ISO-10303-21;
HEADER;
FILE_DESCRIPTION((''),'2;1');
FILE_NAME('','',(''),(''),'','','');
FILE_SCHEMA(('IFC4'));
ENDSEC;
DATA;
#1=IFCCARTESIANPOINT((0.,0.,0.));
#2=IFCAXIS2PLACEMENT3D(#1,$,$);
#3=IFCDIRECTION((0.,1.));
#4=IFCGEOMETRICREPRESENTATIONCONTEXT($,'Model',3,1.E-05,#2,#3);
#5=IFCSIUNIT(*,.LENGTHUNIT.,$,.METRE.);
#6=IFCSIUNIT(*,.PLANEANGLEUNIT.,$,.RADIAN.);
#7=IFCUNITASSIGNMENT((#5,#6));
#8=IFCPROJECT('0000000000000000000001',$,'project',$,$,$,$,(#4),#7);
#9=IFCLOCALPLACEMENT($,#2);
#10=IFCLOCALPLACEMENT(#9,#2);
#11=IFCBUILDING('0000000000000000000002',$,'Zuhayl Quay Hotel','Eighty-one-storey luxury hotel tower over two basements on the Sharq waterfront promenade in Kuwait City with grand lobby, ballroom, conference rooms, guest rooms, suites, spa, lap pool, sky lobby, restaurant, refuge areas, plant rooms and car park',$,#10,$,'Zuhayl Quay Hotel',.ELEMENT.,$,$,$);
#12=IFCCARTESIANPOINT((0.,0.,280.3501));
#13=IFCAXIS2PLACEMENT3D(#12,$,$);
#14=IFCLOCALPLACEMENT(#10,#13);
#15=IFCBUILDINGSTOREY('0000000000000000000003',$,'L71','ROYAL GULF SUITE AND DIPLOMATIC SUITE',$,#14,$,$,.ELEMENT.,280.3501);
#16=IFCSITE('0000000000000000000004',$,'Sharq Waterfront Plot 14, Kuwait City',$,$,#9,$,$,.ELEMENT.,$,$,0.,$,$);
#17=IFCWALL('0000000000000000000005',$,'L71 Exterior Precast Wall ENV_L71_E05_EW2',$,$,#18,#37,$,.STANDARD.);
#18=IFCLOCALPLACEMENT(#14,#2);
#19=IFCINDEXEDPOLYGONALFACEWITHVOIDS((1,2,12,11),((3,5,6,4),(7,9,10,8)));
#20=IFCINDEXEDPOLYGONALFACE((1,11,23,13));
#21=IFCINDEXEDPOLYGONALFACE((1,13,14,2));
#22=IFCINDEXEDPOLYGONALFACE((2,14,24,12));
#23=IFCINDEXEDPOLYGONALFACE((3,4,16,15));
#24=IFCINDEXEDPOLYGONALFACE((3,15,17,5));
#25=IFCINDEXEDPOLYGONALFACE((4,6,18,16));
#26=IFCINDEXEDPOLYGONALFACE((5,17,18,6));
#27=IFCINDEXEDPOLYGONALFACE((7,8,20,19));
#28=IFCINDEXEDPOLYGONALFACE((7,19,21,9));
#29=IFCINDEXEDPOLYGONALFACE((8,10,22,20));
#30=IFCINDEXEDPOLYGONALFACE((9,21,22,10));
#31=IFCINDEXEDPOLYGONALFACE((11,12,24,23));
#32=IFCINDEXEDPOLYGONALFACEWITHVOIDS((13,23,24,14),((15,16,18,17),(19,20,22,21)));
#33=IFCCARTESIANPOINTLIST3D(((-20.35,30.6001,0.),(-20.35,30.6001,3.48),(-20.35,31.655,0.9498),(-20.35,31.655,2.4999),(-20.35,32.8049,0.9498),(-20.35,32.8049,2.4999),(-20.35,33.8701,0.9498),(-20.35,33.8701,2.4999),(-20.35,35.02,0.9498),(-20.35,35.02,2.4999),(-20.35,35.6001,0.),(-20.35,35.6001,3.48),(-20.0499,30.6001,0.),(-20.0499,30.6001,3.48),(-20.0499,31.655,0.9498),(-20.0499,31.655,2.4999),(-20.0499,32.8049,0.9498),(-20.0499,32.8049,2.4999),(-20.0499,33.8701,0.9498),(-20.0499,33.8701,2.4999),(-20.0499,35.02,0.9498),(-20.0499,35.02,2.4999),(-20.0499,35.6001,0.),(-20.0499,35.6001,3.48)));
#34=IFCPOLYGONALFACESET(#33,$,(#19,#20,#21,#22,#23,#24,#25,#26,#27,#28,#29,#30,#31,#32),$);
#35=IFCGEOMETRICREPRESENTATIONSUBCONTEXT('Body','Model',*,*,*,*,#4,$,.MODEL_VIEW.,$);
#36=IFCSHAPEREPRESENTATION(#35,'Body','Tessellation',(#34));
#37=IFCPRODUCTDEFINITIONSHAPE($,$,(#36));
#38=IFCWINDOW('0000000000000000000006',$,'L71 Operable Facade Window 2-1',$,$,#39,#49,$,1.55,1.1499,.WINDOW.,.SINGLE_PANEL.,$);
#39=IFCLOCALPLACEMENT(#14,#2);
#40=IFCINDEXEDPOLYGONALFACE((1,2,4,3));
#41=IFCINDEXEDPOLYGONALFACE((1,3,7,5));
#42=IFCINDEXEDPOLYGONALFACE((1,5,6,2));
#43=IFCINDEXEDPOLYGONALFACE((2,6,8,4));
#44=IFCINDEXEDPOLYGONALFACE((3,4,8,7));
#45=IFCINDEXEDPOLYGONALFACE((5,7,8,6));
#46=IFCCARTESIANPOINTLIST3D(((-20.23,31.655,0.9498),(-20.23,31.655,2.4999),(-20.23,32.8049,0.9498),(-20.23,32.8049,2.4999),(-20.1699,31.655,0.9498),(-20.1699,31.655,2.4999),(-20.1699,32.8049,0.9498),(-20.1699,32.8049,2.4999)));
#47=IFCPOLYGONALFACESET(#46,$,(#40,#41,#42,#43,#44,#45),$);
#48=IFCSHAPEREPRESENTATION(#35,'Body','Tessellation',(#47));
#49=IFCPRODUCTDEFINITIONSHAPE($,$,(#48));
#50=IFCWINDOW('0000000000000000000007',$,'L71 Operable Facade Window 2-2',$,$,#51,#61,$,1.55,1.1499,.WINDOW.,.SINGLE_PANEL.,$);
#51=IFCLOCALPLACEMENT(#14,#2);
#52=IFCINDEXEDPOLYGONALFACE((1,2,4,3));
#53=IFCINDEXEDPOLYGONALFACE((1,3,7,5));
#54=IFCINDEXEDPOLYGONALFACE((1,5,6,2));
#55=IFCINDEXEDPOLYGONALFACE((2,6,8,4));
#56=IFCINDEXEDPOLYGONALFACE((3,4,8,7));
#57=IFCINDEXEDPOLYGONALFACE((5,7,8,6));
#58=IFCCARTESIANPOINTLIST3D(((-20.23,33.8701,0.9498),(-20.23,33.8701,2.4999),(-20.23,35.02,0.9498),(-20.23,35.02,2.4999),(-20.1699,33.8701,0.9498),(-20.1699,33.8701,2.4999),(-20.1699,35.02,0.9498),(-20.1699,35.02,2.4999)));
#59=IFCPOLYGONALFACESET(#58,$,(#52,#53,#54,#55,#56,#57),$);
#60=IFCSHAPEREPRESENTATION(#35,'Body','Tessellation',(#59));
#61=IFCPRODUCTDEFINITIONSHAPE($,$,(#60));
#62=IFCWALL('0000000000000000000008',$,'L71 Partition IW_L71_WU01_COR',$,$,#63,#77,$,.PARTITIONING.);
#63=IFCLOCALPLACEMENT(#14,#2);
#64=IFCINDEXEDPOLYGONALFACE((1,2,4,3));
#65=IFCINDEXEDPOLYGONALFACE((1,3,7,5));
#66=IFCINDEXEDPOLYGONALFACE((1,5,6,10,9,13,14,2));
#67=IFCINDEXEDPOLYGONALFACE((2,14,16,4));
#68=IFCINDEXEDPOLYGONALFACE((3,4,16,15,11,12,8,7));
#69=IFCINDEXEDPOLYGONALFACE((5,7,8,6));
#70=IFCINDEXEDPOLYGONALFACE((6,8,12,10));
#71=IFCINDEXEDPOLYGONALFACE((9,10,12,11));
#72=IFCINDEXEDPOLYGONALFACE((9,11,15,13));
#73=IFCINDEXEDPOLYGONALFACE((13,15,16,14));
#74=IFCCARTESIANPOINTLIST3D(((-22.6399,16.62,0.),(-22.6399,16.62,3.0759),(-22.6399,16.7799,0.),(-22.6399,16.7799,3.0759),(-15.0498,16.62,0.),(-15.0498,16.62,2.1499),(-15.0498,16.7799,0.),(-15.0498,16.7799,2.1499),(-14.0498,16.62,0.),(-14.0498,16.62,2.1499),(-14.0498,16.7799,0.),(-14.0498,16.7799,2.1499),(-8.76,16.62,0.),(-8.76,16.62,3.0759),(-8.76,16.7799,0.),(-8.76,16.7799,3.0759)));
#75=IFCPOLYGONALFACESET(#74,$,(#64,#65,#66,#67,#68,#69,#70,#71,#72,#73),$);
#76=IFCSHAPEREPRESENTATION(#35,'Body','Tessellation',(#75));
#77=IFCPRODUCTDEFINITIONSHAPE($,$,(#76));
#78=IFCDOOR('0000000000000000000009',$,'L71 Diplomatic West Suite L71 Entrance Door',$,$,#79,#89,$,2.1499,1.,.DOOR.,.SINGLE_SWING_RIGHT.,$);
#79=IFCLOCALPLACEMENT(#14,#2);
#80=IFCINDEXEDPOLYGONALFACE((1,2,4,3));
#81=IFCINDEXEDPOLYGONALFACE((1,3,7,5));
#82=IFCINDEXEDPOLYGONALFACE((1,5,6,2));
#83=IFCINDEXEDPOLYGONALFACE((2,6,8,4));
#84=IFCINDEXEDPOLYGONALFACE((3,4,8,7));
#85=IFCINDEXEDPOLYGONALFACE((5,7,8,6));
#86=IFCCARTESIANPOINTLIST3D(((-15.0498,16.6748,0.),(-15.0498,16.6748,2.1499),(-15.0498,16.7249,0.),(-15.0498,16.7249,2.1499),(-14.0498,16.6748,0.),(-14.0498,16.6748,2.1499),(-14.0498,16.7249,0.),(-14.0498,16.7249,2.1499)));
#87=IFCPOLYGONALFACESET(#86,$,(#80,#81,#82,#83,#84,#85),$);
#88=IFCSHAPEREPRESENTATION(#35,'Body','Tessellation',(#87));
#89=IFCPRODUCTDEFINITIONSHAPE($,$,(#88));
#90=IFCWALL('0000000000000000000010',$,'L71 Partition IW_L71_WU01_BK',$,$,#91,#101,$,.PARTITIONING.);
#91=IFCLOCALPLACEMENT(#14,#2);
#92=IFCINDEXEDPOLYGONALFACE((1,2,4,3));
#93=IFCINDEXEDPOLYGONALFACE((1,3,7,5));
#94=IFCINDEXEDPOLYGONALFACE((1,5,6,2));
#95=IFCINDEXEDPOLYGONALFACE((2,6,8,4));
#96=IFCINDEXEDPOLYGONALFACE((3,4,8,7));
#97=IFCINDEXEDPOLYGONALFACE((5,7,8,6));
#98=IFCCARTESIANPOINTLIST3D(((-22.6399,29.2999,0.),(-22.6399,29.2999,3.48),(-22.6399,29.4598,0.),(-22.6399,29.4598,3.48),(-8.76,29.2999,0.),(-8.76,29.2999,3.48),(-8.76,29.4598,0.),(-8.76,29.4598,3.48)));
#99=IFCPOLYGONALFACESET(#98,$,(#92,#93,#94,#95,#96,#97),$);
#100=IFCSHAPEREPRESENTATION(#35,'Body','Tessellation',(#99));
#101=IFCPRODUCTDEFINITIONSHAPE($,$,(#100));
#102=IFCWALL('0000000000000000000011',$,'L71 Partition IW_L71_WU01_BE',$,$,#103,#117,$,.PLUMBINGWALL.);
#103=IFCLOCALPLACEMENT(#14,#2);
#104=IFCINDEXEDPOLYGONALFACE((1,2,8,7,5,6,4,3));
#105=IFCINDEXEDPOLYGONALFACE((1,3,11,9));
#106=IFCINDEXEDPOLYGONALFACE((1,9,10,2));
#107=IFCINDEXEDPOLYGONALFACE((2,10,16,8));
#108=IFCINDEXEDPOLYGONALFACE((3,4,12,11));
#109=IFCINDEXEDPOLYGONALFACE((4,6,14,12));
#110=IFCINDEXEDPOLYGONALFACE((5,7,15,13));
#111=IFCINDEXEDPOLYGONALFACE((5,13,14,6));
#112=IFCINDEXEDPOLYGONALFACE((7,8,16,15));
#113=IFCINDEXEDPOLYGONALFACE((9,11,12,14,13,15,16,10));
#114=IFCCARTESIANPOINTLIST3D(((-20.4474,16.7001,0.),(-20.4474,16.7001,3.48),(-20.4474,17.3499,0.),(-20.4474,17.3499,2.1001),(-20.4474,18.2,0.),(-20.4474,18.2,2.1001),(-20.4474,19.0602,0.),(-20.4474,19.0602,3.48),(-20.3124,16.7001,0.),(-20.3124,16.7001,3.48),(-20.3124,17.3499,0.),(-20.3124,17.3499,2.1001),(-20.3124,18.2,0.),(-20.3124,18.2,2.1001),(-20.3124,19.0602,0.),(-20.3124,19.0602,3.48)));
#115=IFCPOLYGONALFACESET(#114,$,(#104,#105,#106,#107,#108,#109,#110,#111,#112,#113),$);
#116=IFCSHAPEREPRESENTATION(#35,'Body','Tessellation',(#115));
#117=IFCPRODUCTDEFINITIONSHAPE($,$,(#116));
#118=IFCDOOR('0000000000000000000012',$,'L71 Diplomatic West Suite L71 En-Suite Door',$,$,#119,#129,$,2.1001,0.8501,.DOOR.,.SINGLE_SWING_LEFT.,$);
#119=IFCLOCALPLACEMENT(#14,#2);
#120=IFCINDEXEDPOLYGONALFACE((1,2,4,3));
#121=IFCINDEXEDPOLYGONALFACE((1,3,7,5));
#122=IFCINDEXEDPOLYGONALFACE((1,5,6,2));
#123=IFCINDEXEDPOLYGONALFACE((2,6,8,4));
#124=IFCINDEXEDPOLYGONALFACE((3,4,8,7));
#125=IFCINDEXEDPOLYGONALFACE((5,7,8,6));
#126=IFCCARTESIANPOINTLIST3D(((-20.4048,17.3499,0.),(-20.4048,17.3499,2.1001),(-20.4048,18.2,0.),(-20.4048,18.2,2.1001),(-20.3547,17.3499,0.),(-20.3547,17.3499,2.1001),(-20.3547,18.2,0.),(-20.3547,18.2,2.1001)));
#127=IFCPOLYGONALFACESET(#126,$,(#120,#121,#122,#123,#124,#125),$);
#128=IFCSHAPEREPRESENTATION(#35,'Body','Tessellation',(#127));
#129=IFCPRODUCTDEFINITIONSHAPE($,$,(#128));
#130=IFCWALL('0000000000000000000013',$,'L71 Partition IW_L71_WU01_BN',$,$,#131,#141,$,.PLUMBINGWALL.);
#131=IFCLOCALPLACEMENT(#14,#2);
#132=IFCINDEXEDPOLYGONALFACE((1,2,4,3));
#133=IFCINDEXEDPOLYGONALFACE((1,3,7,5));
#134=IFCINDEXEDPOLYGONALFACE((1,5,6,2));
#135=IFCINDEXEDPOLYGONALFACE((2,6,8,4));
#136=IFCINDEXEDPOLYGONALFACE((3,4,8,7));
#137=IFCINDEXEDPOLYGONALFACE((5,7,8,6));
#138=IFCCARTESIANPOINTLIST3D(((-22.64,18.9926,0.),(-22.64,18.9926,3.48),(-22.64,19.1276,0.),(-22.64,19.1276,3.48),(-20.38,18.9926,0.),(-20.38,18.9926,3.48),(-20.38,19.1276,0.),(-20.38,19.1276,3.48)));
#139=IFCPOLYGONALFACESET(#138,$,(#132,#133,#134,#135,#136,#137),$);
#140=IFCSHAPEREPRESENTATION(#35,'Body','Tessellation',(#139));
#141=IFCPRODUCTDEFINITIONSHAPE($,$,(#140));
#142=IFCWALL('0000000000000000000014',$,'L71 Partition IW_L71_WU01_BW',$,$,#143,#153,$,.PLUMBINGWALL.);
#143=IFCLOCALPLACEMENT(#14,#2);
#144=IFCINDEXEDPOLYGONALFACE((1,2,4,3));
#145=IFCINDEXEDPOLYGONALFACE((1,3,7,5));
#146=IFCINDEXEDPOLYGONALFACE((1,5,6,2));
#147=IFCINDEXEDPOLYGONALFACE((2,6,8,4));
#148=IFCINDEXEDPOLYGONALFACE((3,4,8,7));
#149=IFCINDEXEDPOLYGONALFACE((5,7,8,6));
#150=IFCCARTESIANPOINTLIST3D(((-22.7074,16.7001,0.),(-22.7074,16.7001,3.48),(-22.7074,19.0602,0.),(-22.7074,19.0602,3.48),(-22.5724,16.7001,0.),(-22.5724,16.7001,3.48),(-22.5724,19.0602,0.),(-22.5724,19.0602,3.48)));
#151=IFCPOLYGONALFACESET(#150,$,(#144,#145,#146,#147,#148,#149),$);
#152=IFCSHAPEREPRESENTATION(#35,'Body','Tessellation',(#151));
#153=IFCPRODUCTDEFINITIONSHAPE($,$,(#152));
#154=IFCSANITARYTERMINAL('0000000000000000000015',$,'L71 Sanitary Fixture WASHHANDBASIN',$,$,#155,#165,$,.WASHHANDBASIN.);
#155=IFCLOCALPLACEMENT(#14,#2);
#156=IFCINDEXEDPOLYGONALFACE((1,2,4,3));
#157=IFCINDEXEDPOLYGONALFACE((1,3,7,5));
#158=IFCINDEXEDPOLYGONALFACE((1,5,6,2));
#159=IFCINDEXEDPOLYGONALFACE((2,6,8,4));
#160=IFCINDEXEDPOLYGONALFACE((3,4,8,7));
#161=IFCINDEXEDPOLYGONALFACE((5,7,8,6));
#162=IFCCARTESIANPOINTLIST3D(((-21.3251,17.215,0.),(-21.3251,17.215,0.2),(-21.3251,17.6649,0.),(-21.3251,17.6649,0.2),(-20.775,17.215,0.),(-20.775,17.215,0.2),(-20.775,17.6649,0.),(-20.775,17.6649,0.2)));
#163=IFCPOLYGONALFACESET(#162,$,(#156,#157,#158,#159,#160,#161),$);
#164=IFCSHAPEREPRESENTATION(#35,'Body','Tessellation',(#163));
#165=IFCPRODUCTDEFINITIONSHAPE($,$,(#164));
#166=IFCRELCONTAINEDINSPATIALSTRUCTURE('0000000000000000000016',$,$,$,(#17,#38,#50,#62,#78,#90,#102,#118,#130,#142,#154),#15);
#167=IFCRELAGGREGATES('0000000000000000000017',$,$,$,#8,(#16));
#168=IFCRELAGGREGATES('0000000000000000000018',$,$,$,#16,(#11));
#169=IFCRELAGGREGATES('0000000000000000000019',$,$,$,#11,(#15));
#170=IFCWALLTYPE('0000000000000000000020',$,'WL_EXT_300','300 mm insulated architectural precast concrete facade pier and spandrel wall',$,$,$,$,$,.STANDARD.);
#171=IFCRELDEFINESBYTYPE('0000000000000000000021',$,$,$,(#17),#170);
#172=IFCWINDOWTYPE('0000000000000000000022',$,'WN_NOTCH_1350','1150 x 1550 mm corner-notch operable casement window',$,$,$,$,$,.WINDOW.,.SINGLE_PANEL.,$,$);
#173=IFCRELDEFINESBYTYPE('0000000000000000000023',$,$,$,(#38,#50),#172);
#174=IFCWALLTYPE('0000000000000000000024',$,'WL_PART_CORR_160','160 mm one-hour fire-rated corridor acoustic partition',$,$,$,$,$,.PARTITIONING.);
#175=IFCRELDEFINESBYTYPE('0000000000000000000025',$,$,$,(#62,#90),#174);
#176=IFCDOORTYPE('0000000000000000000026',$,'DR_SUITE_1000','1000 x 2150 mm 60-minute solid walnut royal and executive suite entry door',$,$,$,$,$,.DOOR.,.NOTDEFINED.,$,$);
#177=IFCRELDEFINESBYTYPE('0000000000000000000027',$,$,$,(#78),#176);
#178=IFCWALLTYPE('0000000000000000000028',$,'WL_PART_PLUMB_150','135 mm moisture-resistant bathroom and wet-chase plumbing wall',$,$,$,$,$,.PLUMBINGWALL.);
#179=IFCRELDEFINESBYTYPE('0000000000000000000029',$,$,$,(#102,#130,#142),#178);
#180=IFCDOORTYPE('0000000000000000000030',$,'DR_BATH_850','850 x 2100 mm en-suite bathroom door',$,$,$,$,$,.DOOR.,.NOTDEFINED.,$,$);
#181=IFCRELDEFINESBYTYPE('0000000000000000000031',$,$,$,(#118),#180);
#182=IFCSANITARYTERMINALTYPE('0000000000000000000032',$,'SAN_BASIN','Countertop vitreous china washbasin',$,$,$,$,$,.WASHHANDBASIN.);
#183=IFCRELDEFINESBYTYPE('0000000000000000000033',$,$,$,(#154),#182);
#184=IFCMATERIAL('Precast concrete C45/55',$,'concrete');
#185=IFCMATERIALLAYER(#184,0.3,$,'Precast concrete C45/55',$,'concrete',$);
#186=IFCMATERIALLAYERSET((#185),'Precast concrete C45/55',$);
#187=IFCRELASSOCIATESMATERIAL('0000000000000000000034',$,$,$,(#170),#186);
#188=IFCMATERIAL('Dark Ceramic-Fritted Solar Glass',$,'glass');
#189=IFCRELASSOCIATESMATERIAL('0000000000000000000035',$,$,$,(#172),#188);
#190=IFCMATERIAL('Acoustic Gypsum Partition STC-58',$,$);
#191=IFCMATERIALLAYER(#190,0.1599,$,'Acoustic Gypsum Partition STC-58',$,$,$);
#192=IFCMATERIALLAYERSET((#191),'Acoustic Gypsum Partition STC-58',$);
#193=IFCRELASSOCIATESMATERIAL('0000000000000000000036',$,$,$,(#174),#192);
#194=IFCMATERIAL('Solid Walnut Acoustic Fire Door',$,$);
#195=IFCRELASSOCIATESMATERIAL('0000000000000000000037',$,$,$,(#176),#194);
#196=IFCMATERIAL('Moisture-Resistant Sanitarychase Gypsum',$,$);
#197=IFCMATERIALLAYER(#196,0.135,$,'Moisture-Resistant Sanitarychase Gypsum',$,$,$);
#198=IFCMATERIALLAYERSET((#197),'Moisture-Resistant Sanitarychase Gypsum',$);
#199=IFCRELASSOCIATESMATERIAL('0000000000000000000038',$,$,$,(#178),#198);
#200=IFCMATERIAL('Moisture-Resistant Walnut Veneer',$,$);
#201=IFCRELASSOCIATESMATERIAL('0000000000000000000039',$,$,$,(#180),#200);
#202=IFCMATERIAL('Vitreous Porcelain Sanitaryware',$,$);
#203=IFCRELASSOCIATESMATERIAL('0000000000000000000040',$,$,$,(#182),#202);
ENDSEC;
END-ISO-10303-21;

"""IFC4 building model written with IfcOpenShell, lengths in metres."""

from ifc_helpers import new_model, si_unit, direction, frame, frame_2d, origin, origin_2d, place, context, subcontext, project, spatial, rectangle, extrude, material, layer, layer_set, type_object, element, fill, save


model = new_model("IFC4")

# Units and contexts
model_context = context("Model", 3, precision=1e-05, world=origin(), true_north=direction((0.0, 1.0)))
body_context = subcontext(model_context, "Body", "Model", "MODEL_VIEW")
ifc_project = project(units=[si_unit("LENGTHUNIT", "METRE"), si_unit("PLANEANGLEUNIT", "RADIAN")], contexts=[model_context])

# Site, building, storey
site_placement = place(None, origin())
site = spatial("IfcSite", under=ifc_project, at=site_placement, Name="Sharq Waterfront Plot 14, Kuwait City", CompositionType="ELEMENT", RefElevation=0.0)
building_placement = place(site_placement, origin())
building = spatial("IfcBuilding", under=site, at=building_placement, Name="Zuhayl Quay Hotel", Description="Eighty-one-storey luxury hotel tower over two basements on the Sharq waterfront promenade in Kuwait City with grand lobby, ballroom, conference rooms, guest rooms, suites, spa, lap pool, sky lobby, restaurant, refuge areas, plant rooms and car park", LongName="Zuhayl Quay Hotel", CompositionType="ELEMENT")
storey_placement = place(building_placement, frame((0.0, 0.0, 280.3501)))
storey = spatial("IfcBuildingStorey", under=building, at=storey_placement, Name="L71", Description="ROYAL GULF SUITE AND DIPLOMATIC SUITE", CompositionType="ELEMENT", Elevation=280.3501)

# Shared definitions
ifc_material_1 = material(Name="Dark Ceramic-Fritted Solar Glass", Category="glass")

# Shared definitions
ifc_material_2 = material(Name="Precast concrete C45/55", Category="concrete")
ifc_layer_1 = layer(ifc_material_2, 0.3, Name="Precast concrete C45/55", Category="concrete")
ifc_layer_set_1 = layer_set([ifc_layer_1], Name="Precast concrete C45/55")
wall_type_1 = type_object("IfcWallType", Name="WL_EXT_300", Description="300 mm insulated architectural precast concrete facade pier and spandrel wall", PredefinedType="STANDARD", material=ifc_layer_set_1)

# Wall, openings, windows
wall_1_placement = place(storey_placement, frame((-20.2, 30.6001, 0.0), z_axis=(0.0, 0.0, 1.0), x_axis=(0.0, 1.0, 0.0)))
wall_1 = element("IfcWall", 1, at=wall_1_placement, inside=storey, type_object=wall_type_1, Name="L71 Exterior Precast Wall ENV_L71_E05_EW2", PredefinedType="STANDARD", context=body_context, shape_type="SweptSolid", body=[
    extrude(rectangle(XDim=5.0, YDim=0.3, at=frame_2d((2.5, 0.0))), origin(), (0.0, 0.0, 1.0), 3.48),
])
opening_1_placement = place(wall_1_placement, frame((1.0549, 0.0, 0.95)))
opening_1 = element("IfcOpeningElement", 2, at=opening_1_placement, cuts=wall_1, PredefinedType="OPENING", context=body_context, shape_type="SweptSolid", body=[
    extrude(rectangle(XDim=1.1499, YDim=1.55, at=frame_2d((0.575, 0.7749))), frame((0.0, 0.1599, 0.0), z_axis=(0.0, -1.0, 0.0), x_axis=(1.0, 0.0, 0.0)), (0.0, 0.0, 1.0), 0.3201),
])
opening_2_placement = place(wall_1_placement, frame((3.27, 0.0, 0.95)))
opening_2 = element("IfcOpeningElement", 3, at=opening_2_placement, cuts=wall_1, PredefinedType="OPENING", context=body_context, shape_type="SweptSolid", body=[
    extrude(rectangle(XDim=1.1499, YDim=1.55, at=frame_2d((0.575, 0.7749))), frame((0.0, 0.1599, 0.0), z_axis=(0.0, -1.0, 0.0), x_axis=(1.0, 0.0, 0.0)), (0.0, 0.0, 1.0), 0.3201),
])
window_type = type_object("IfcWindowType", Name="WN_NOTCH_1350", Description="1150 x 1550 mm corner-notch operable casement window", PartitioningType="SINGLE_PANEL", PredefinedType="WINDOW", material=ifc_material_1)
window_1_placement = place(opening_1_placement, origin())
window_1 = element("IfcWindow", 4, at=window_1_placement, inside=storey, type_object=window_type, Name="L71 Operable Facade Window 2-1", OverallHeight=1.55, OverallWidth=1.1499, PartitioningType="SINGLE_PANEL", PredefinedType="WINDOW", context=body_context, shape_type="SweptSolid", body=[
    extrude(rectangle(XDim=1.1499, YDim=1.55, at=frame_2d((0.575, 0.7749))), frame((0.0, 0.03, 0.0), z_axis=(0.0, -1.0, 0.0), x_axis=(1.0, 0.0, 0.0)), (0.0, 0.0, 1.0), 0.0601),
])
fill(opening_1, window_1)
window_2_placement = place(opening_2_placement, origin())
window_2 = element("IfcWindow", 5, at=window_2_placement, inside=storey, type_object=window_type, Name="L71 Operable Facade Window 2-2", OverallHeight=1.55, OverallWidth=1.1499, PartitioningType="SINGLE_PANEL", PredefinedType="WINDOW", context=body_context, shape_type="SweptSolid", body=[
    extrude(rectangle(XDim=1.1499, YDim=1.55, at=frame_2d((0.575, 0.7749))), frame((0.0, 0.03, 0.0), z_axis=(0.0, -1.0, 0.0), x_axis=(1.0, 0.0, 0.0)), (0.0, 0.0, 1.0), 0.0601),
])
fill(opening_2, window_2)

# Wall, opening, door
ifc_material_3 = material(Name="Acoustic Gypsum Partition STC-58")
ifc_layer_2 = layer(ifc_material_3, 0.1599, Name="Acoustic Gypsum Partition STC-58")
ifc_layer_set_2 = layer_set([ifc_layer_2], Name="Acoustic Gypsum Partition STC-58")
wall_type_2 = type_object("IfcWallType", Name="WL_PART_CORR_160", Description="160 mm one-hour fire-rated corridor acoustic partition", PredefinedType="PARTITIONING", material=ifc_layer_set_2)
wall_2_placement = place(storey_placement, frame((-22.6399, 16.7, 0.0), z_axis=(0.0, 0.0, 1.0), x_axis=(1.0, 0.0, 0.0)))
wall_2 = element("IfcWall", 6, at=wall_2_placement, inside=storey, type_object=wall_type_2, Name="L71 Partition IW_L71_WU01_COR", PredefinedType="PARTITIONING", context=body_context, shape_type="SweptSolid", body=[
    extrude(rectangle(XDim=13.8799, YDim=0.1599, at=frame_2d((6.9399, 0.0))), origin(), (0.0, 0.0, 1.0), 3.0759),
])
opening_3_placement = place(wall_2_placement, frame((7.5901, 0.0, 0.0)))
opening_3 = element("IfcOpeningElement", 7, at=opening_3_placement, cuts=wall_2, PredefinedType="OPENING", context=body_context, shape_type="SweptSolid", body=[
    extrude(rectangle(XDim=1.0, YDim=2.1499, at=frame_2d((0.5, 1.075))), frame((0.0, 0.0898, 0.0), z_axis=(0.0, -1.0, 0.0), x_axis=(1.0, 0.0, 0.0)), (0.0, 0.0, 1.0), 0.1799),
])
ifc_material_4 = material(Name="Solid Walnut Acoustic Fire Door")
door_type_1 = type_object("IfcDoorType", Name="DR_SUITE_1000", Description="1000 x 2150 mm 60-minute solid walnut royal and executive suite entry door", OperationType="NOTDEFINED", PredefinedType="DOOR", material=ifc_material_4)
door_1_placement = place(opening_3_placement, origin())
door_1 = element("IfcDoor", 8, at=door_1_placement, inside=storey, type_object=door_type_1, Name="L71 Diplomatic West Suite L71 Entrance Door", OperationType="SINGLE_SWING_RIGHT", OverallHeight=2.1499, OverallWidth=1.0, PredefinedType="DOOR", context=body_context, shape_type="SweptSolid", body=[
    extrude(rectangle(XDim=1.0, YDim=2.1499, at=frame_2d((0.5, 1.075))), frame((0.0, 0.0249, 0.0), z_axis=(0.0, -1.0, 0.0), x_axis=(1.0, 0.0, 0.0)), (0.0, 0.0, 1.0), 0.05),
])
fill(opening_3, door_1)

# Wall
wall_3_placement = place(storey_placement, frame((-22.6399, 29.3799, 0.0), z_axis=(0.0, 0.0, 1.0), x_axis=(1.0, 0.0, 0.0)))
element("IfcWall", 9, at=wall_3_placement, inside=storey, type_object=wall_type_2, Name="L71 Partition IW_L71_WU01_BK", PredefinedType="PARTITIONING", context=body_context, shape_type="SweptSolid", body=[
    extrude(rectangle(XDim=13.8799, YDim=0.1599, at=frame_2d((6.9399, 0.0))), origin(), (0.0, 0.0, 1.0), 3.48),
])

# Wall, opening, door
ifc_material_5 = material(Name="Moisture-Resistant Sanitarychase Gypsum")
ifc_layer_3 = layer(ifc_material_5, 0.135, Name="Moisture-Resistant Sanitarychase Gypsum")
ifc_layer_set_3 = layer_set([ifc_layer_3], Name="Moisture-Resistant Sanitarychase Gypsum")
wall_type_3 = type_object("IfcWallType", Name="WL_PART_PLUMB_150", Description="135 mm moisture-resistant bathroom and wet-chase plumbing wall", PredefinedType="PLUMBINGWALL", material=ifc_layer_set_3)
wall_4_placement = place(storey_placement, frame((-20.3799, 16.7, 0.0), z_axis=(0.0, 0.0, 1.0), x_axis=(0.0, 1.0, 0.0)))
wall_4 = element("IfcWall", 10, at=wall_4_placement, inside=storey, type_object=wall_type_3, Name="L71 Partition IW_L71_WU01_BE", PredefinedType="PLUMBINGWALL", context=body_context, shape_type="SweptSolid", body=[
    extrude(rectangle(XDim=2.3601, YDim=0.135, at=frame_2d((1.1802, 0.0))), origin(), (0.0, 0.0, 1.0), 3.48),
])
opening_4_placement = place(wall_4_placement, frame((0.6499, 0.0, 0.0)))
opening_4 = element("IfcOpeningElement", 11, at=opening_4_placement, cuts=wall_4, PredefinedType="OPENING", context=body_context, shape_type="SweptSolid", body=[
    extrude(rectangle(XDim=0.8501, YDim=2.1001, at=frame_2d((0.425, 1.05))), frame((0.0, 0.0774, 0.0), z_axis=(0.0, -1.0, 0.0), x_axis=(1.0, 0.0, 0.0)), (0.0, 0.0, 1.0), 0.155),
])
ifc_material_6 = material(Name="Moisture-Resistant Walnut Veneer")
door_type_2 = type_object("IfcDoorType", Name="DR_BATH_850", Description="850 x 2100 mm en-suite bathroom door", OperationType="NOTDEFINED", PredefinedType="DOOR", material=ifc_material_6)
door_2_placement = place(opening_4_placement, origin())
door_2 = element("IfcDoor", 12, at=door_2_placement, inside=storey, type_object=door_type_2, Name="L71 Diplomatic West Suite L71 En-Suite Door", OperationType="SINGLE_SWING_LEFT", OverallHeight=2.1001, OverallWidth=0.8501, PredefinedType="DOOR", context=body_context, shape_type="SweptSolid", body=[
    extrude(rectangle(XDim=0.8501, YDim=2.1001, at=frame_2d((0.425, 1.05))), frame((0.0, 0.0249, 0.0), z_axis=(0.0, -1.0, 0.0), x_axis=(1.0, 0.0, 0.0)), (0.0, 0.0, 1.0), 0.05),
])
fill(opening_4, door_2)

# Walls
wall_5_placement = place(storey_placement, frame((-22.6399, 19.0601, 0.0), z_axis=(0.0, 0.0, 1.0), x_axis=(1.0, 0.0, 0.0)))
element("IfcWall", 13, at=wall_5_placement, inside=storey, type_object=wall_type_3, Name="L71 Partition IW_L71_WU01_BN", PredefinedType="PLUMBINGWALL", context=body_context, shape_type="SweptSolid", body=[
    extrude(rectangle(XDim=2.26, YDim=0.135, at=frame_2d((1.1299, 0.0))), origin(), (0.0, 0.0, 1.0), 3.48),
])
wall_6_placement = place(storey_placement, frame((-22.6399, 16.7, 0.0), z_axis=(0.0, 0.0, 1.0), x_axis=(0.0, 1.0, 0.0)))
element("IfcWall", 14, at=wall_6_placement, inside=storey, type_object=wall_type_3, Name="L71 Partition IW_L71_WU01_BW", PredefinedType="PLUMBINGWALL", context=body_context, shape_type="SweptSolid", body=[
    extrude(rectangle(XDim=2.3601, YDim=0.135, at=frame_2d((1.1802, 0.0))), origin(), (0.0, 0.0, 1.0), 3.48),
])

# Sanitary terminal
ifc_material_7 = material(Name="Vitreous Porcelain Sanitaryware")
sanitary_terminal_type_1 = type_object("IfcSanitaryTerminalType", Name="SAN_BASIN", Description="Countertop vitreous china washbasin", PredefinedType="WASHHANDBASIN", material=ifc_material_7)
sanitary_terminal_1_placement = place(storey_placement, frame((-21.05, 17.4399, 0.0), z_axis=(0.0, 0.0, 1.0), x_axis=(1.0, 0.0, 0.0)))
element("IfcSanitaryTerminal", 15, at=sanitary_terminal_1_placement, inside=storey, type_object=sanitary_terminal_type_1, Name="L71 Sanitary Fixture WASHHANDBASIN", PredefinedType="WASHHANDBASIN", context=body_context, shape_type="SweptSolid", body=[
    extrude(rectangle(XDim=0.55, YDim=0.45, at=origin_2d()), origin(), (0.0, 0.0, 1.0), 0.2),
])

save(model, "model.ifc")
